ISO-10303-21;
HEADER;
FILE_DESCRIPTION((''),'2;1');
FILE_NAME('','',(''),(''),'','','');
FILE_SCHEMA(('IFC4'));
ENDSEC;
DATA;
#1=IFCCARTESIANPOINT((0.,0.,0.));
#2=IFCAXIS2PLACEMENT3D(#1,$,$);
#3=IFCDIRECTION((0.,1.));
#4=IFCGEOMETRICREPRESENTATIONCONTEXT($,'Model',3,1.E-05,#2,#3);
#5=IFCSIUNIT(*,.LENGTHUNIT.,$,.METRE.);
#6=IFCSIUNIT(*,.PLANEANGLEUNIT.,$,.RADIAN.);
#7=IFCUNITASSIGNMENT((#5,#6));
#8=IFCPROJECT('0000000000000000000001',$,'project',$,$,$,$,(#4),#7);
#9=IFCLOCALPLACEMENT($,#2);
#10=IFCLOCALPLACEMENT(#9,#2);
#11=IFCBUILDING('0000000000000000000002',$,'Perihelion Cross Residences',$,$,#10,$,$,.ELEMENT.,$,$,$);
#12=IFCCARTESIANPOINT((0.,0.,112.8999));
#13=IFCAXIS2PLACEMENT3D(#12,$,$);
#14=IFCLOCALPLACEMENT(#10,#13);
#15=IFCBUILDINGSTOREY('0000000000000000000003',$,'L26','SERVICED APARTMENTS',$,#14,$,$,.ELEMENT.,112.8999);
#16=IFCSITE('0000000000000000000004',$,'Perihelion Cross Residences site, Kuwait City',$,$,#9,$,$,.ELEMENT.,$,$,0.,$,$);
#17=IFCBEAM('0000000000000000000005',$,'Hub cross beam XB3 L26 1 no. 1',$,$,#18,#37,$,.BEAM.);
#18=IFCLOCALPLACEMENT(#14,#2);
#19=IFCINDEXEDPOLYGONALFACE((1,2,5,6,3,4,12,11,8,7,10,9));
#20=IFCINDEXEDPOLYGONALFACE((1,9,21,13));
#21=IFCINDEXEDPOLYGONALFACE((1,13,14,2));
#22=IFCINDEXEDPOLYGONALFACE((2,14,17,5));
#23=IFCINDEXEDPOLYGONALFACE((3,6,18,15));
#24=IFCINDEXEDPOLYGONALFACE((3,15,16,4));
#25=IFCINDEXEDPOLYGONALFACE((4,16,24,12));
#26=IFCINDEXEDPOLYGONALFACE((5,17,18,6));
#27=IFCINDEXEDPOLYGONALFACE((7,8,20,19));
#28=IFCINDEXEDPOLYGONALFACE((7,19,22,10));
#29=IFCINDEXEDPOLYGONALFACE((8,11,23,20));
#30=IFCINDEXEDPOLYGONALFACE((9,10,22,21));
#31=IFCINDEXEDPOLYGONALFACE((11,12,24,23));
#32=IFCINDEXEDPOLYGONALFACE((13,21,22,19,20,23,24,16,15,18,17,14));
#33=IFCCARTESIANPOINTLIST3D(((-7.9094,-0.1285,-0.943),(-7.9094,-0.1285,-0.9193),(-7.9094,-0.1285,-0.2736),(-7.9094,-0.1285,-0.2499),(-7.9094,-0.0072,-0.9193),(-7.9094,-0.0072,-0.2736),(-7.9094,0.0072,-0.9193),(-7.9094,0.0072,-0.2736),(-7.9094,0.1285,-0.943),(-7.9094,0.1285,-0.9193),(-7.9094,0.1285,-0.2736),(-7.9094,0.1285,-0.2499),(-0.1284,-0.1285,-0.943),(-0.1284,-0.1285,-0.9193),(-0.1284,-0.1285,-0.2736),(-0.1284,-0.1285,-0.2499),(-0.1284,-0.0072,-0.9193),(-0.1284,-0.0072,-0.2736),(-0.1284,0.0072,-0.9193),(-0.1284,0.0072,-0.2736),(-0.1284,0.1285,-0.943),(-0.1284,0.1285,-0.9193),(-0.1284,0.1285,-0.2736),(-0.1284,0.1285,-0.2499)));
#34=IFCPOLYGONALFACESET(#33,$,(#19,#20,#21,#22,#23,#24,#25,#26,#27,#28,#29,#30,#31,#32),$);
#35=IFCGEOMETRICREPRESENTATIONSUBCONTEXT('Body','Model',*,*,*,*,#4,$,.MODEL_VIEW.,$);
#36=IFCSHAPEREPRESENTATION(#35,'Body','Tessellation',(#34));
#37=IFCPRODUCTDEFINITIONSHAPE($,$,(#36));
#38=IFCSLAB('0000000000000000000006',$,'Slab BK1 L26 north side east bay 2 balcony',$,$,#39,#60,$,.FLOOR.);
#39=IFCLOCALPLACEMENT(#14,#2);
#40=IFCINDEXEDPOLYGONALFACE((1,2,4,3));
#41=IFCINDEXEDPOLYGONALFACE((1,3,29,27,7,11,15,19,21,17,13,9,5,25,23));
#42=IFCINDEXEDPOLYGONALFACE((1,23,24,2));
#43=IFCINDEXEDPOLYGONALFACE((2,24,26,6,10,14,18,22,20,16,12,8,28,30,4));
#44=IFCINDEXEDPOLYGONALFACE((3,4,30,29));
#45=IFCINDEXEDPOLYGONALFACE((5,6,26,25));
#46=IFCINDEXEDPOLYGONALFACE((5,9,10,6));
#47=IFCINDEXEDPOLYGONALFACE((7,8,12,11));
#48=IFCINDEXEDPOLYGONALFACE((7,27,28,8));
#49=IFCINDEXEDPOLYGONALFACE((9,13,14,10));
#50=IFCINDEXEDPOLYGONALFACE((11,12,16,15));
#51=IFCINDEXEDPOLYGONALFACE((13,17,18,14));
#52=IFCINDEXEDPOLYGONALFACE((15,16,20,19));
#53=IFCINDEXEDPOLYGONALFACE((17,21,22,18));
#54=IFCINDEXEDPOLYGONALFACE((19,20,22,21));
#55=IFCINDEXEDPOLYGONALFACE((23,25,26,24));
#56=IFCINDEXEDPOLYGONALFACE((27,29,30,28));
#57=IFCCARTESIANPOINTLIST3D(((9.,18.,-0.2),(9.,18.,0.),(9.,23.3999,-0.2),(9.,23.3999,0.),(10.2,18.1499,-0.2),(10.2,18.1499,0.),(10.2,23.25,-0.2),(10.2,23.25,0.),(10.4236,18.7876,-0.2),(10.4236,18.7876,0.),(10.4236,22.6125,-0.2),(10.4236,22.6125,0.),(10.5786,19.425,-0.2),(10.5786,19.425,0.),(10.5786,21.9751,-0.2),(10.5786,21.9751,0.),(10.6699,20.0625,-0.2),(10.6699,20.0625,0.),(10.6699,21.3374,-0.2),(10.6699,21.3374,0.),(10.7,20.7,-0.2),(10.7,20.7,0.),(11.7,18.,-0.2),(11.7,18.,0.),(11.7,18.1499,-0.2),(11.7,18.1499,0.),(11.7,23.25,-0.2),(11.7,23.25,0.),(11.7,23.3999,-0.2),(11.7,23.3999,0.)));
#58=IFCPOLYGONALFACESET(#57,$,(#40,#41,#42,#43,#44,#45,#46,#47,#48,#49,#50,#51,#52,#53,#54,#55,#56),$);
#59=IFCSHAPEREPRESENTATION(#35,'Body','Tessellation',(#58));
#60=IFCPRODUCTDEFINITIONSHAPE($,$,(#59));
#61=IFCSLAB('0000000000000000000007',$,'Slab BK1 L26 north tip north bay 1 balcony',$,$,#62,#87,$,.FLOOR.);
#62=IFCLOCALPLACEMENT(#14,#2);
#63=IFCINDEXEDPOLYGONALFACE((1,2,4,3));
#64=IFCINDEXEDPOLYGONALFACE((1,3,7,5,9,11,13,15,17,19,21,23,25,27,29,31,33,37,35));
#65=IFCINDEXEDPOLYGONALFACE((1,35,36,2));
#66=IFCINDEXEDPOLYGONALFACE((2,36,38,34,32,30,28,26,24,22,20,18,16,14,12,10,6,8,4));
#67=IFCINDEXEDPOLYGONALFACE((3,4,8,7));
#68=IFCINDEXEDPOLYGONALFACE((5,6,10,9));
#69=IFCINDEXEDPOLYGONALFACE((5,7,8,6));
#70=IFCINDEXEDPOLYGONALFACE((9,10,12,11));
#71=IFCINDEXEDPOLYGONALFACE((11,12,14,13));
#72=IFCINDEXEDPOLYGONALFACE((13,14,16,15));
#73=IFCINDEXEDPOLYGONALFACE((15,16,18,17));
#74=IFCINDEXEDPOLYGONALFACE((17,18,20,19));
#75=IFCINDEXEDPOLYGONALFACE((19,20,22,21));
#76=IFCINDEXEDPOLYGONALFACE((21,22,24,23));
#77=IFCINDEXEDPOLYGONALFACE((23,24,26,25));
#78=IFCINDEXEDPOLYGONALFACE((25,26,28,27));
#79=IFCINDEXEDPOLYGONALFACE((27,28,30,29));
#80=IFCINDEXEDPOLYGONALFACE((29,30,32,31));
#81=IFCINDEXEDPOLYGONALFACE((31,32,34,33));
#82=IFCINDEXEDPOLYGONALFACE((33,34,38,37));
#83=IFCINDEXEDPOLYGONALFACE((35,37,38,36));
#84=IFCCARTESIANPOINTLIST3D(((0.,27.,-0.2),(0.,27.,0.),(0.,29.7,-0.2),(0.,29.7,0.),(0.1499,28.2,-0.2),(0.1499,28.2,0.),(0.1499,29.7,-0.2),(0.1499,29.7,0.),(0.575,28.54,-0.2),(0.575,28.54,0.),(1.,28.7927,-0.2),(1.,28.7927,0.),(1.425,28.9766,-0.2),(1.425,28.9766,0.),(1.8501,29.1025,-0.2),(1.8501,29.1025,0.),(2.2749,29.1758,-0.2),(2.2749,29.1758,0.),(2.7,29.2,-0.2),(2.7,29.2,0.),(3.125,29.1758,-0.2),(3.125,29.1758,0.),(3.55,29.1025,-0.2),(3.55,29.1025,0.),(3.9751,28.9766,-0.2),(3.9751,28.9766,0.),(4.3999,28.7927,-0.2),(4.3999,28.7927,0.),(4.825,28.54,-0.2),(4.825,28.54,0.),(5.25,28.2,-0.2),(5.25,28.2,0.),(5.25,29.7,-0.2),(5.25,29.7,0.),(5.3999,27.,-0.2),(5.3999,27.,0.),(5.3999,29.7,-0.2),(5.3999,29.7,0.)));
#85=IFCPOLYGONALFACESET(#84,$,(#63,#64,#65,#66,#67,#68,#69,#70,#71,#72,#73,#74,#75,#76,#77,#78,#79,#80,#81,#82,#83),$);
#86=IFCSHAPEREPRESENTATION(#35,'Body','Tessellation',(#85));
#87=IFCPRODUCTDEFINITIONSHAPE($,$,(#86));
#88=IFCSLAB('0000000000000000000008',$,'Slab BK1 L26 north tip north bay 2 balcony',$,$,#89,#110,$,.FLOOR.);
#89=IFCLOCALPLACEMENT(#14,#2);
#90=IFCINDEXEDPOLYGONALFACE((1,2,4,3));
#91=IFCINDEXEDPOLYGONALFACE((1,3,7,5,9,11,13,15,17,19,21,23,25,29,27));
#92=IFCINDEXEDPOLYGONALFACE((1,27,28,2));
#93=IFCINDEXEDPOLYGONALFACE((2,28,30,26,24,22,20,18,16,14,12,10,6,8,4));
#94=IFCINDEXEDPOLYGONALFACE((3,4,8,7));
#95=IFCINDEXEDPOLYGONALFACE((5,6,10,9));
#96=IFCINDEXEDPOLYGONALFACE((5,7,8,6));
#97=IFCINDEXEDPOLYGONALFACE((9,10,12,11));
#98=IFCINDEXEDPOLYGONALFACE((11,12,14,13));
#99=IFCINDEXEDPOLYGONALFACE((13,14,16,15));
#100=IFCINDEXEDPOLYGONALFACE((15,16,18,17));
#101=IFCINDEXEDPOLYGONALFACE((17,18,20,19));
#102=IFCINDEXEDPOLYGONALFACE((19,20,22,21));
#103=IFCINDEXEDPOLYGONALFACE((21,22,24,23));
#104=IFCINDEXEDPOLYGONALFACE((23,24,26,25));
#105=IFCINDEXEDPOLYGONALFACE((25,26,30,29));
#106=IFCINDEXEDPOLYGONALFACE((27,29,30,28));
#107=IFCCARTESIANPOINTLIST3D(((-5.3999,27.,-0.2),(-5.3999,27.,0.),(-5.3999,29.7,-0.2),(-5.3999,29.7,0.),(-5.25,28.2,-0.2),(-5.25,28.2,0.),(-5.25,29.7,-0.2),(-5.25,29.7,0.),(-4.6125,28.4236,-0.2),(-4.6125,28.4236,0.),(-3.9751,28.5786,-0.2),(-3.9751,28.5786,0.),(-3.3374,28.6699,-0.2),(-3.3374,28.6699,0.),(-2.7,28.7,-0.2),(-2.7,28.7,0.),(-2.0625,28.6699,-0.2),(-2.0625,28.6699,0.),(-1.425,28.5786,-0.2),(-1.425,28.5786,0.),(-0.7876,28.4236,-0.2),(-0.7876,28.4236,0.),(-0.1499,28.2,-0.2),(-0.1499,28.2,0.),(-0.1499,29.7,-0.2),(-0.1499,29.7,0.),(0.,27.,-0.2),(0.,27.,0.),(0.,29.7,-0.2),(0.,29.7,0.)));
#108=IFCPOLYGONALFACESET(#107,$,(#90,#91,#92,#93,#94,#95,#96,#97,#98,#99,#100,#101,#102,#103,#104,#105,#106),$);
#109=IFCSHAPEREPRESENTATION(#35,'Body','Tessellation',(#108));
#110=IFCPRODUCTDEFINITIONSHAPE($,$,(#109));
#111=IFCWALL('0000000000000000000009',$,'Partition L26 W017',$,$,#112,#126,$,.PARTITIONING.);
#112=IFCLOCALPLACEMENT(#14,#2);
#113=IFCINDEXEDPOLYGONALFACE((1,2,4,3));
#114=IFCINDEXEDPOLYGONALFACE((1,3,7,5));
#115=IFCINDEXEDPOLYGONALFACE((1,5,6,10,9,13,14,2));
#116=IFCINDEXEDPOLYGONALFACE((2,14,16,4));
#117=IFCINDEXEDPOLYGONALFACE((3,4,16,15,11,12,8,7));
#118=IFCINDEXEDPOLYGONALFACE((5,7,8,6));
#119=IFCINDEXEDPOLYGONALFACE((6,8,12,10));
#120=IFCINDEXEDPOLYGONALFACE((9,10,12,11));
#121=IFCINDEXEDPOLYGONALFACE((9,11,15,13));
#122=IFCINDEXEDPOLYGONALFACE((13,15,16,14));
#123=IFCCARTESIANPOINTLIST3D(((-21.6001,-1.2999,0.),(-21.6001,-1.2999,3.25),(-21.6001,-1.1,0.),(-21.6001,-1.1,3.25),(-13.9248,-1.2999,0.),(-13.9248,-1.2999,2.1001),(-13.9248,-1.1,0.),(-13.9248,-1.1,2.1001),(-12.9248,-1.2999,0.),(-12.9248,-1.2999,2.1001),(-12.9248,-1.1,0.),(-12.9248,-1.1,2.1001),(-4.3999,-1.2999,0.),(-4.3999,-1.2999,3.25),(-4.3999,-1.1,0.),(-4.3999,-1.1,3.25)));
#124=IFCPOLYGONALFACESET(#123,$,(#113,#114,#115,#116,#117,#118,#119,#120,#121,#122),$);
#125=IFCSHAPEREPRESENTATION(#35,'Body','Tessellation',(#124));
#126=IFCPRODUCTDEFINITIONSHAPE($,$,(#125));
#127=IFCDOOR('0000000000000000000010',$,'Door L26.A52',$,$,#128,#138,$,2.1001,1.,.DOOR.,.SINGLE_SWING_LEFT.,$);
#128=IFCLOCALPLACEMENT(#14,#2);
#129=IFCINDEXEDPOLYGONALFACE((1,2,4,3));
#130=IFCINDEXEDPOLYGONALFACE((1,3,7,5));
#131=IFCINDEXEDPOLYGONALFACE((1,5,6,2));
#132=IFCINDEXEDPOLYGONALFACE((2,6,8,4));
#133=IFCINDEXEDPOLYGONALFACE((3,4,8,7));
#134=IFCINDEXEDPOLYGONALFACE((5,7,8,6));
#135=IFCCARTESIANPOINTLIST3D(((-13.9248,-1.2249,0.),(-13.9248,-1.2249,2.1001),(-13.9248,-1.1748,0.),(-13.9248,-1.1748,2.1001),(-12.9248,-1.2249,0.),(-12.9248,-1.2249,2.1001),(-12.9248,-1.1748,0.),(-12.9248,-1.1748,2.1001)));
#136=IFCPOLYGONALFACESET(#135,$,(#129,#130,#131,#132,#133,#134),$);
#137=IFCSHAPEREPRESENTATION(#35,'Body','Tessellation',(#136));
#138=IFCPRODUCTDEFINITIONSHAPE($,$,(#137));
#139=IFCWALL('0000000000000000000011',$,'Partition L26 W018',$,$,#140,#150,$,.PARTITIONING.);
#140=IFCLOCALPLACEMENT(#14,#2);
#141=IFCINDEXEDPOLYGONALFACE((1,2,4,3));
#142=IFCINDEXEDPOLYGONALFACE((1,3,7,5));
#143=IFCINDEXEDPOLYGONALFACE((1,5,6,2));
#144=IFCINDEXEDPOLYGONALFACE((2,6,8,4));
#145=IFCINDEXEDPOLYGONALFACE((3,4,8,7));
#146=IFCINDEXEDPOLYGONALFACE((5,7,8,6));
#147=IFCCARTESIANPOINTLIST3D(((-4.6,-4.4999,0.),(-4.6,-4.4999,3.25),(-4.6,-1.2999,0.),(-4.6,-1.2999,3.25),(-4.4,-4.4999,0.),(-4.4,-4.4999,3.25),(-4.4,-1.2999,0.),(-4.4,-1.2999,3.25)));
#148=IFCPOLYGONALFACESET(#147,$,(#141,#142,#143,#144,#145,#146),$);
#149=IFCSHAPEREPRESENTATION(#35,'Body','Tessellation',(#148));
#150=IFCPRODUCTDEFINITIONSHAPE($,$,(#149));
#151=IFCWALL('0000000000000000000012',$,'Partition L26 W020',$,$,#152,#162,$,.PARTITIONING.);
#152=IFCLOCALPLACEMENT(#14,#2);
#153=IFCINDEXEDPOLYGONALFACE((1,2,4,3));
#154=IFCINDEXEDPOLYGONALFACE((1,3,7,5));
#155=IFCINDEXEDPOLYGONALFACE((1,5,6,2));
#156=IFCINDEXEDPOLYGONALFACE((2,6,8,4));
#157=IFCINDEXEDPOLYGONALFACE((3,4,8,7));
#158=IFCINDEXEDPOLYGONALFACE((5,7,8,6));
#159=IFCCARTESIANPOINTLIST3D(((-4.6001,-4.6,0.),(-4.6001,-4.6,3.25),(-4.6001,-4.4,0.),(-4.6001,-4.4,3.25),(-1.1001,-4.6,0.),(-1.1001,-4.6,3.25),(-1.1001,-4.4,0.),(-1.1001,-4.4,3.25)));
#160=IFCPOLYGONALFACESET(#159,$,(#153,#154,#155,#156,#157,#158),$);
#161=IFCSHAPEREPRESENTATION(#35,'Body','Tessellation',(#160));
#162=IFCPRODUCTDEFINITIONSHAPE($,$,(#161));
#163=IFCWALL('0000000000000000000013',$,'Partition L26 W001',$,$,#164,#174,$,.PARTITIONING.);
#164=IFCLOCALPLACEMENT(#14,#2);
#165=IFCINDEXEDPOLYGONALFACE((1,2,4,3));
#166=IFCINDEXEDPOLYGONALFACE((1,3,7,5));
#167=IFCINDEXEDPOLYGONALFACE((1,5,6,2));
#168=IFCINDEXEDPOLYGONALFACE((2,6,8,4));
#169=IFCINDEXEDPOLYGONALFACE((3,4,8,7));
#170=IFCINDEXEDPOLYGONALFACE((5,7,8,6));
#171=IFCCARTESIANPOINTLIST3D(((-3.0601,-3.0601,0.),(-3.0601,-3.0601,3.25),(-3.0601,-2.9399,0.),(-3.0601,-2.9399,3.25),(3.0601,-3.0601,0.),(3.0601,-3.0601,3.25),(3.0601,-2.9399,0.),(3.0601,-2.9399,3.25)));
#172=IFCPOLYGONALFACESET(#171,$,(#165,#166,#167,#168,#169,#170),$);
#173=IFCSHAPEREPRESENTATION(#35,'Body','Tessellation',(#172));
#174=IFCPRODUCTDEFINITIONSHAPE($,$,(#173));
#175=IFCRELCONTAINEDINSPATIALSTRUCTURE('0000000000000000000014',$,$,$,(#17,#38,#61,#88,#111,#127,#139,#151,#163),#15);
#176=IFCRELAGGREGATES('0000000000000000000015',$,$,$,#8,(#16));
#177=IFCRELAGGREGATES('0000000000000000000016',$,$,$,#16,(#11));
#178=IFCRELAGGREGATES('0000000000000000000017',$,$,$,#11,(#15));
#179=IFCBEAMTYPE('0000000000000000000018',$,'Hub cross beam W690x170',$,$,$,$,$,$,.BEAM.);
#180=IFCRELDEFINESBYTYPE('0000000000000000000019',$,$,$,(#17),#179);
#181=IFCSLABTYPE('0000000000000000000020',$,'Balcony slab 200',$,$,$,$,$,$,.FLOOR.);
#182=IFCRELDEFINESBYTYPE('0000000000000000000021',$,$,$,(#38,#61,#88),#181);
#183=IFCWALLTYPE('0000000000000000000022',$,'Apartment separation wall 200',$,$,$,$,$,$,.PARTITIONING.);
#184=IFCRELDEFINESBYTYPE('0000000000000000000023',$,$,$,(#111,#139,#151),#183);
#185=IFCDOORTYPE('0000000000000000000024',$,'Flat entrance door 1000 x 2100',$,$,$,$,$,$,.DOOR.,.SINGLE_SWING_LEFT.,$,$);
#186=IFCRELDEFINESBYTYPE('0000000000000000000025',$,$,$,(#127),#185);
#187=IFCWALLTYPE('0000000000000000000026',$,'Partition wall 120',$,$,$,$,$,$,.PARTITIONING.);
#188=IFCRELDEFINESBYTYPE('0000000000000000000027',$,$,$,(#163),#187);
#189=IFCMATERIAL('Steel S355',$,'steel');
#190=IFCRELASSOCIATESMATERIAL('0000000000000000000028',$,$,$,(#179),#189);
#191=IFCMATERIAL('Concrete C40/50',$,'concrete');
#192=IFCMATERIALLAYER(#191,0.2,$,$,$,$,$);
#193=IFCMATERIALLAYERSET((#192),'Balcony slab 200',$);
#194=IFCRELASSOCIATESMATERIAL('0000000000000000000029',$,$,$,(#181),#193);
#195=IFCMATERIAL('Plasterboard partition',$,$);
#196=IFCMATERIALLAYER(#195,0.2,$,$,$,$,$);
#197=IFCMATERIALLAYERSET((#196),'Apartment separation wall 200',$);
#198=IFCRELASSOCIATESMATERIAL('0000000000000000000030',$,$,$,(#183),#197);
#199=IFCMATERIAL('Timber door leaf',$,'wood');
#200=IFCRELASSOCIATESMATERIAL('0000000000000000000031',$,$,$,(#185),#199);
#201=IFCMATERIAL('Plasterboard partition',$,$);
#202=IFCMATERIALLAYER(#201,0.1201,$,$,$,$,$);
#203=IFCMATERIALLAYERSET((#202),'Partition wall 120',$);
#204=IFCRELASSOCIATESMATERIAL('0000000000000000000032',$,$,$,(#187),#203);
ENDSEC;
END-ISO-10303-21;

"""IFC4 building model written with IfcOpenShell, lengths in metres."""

from ifc_helpers import new_model, si_unit, direction, frame, frame_2d, origin, origin_2d, place, context, subcontext, project, spatial, polyline, rectangle, i_section, outline, extrude, material, layer, layer_set, material_profile, profile_set, type_object, element, fill, save


model = new_model("IFC4")

# Units and contexts
model_context = context("Model", 3, precision=1e-05, world=origin(), true_north=direction((0.0, 1.0)))
body_context = subcontext(model_context, "Body", "Model", "MODEL_VIEW")
ifc_project = project(units=[si_unit("LENGTHUNIT", "METRE"), si_unit("PLANEANGLEUNIT", "RADIAN")], contexts=[model_context])

# Site, building, storey
site_placement = place(None, origin())
site = spatial("IfcSite", under=ifc_project, at=site_placement, Name="Perihelion Cross Residences site, Kuwait City", CompositionType="ELEMENT", RefElevation=0.0)
building_placement = place(site_placement, origin())
building = spatial("IfcBuilding", under=site, at=building_placement, Name="Perihelion Cross Residences", CompositionType="ELEMENT")
storey_placement = place(building_placement, frame((0.0, 0.0, 112.8999)))
storey = spatial("IfcBuildingStorey", under=building, at=storey_placement, Name="L26", Description="SERVICED APARTMENTS", CompositionType="ELEMENT", Elevation=112.8999)

# Beam
ifc_material_1 = material(Name="Steel S355", Category="steel")
ifc_material_profile = material_profile(ifc_material_1, i_section(OverallWidth=0.2571, OverallDepth=0.6931, WebThickness=0.0144, FlangeThickness=0.0237, at=origin_2d()), Name="W690x170")
ifc_profile_set = profile_set([ifc_material_profile], Name="Steel S355")
beam_type = type_object("IfcBeamType", Name="Hub cross beam W690x170", PredefinedType="BEAM", material=ifc_profile_set)
beam_placement = place(storey_placement, frame((-7.9094, 0.0, -0.5964), z_axis=(1.0, 0.0, 0.0), x_axis=(0.0, 1.0, 0.0)))
element("IfcBeam", 1, at=beam_placement, inside=storey, type_object=beam_type, Name="Hub cross beam XB3 L26 1 no. 1", PredefinedType="BEAM", context=body_context, shape_type="SweptSolid", body=[
    extrude(i_section(OverallWidth=0.2571, OverallDepth=0.6931, WebThickness=0.0144, FlangeThickness=0.0237, at=origin_2d()), origin(), (0.0, 0.0, 1.0), 7.781),
])

# Slabs
ifc_material_2 = material(Name="Concrete C40/50", Category="concrete")
ifc_layer_1 = layer(ifc_material_2, 0.2)
ifc_layer_set_1 = layer_set([ifc_layer_1], Name="Balcony slab 200")
slab_type_1 = type_object("IfcSlabType", Name="Balcony slab 200", PredefinedType="FLOOR", material=ifc_layer_set_1)
slab_1_placement = place(storey_placement, frame((0.0, 0.0, -0.2)))
element("IfcSlab", 2, at=slab_1_placement, inside=storey, type_object=slab_type_1, Name="Slab BK1 L26 north side east bay 2 balcony", PredefinedType="FLOOR", context=body_context, shape_type="SweptSolid", body=[
    extrude(outline(polyline([(9.0, 18.0), (9.0, 23.3999), (11.7, 23.3999), (11.7, 23.25), (10.2, 23.25), (10.4236, 22.6125), (10.5786, 21.9751), (10.6699, 21.3374), (10.7, 20.7), (10.6699, 20.0625), (10.5786, 19.425), (10.4236, 18.7876), (10.2, 18.1499), (11.7, 18.1499), (11.7, 18.0), (9.0, 18.0)])), origin(), (0.0, 0.0, 1.0), 0.2),
])
slab_2_placement = place(storey_placement, frame((0.0, 0.0, -0.2)))
element("IfcSlab", 3, at=slab_2_placement, inside=storey, type_object=slab_type_1, Name="Slab BK1 L26 north tip north bay 1 balcony", PredefinedType="FLOOR", context=body_context, shape_type="SweptSolid", body=[
    extrude(outline(polyline([(5.3999, 27.0), (0.0, 27.0), (0.0, 29.7), (0.1499, 29.7), (0.1499, 28.2), (0.575, 28.54), (1.0, 28.7927), (1.425, 28.9766), (1.8501, 29.1025), (2.2749, 29.1758), (2.7, 29.2), (3.125, 29.1758), (3.55, 29.1025), (3.9751, 28.9766), (4.3999, 28.7927), (4.825, 28.54), (5.25, 28.2), (5.25, 29.7), (5.3999, 29.7), (5.3999, 27.0)])), origin(), (0.0, 0.0, 1.0), 0.2),
])
slab_3_placement = place(storey_placement, frame((0.0, 0.0, -0.2)))
element("IfcSlab", 4, at=slab_3_placement, inside=storey, type_object=slab_type_1, Name="Slab BK1 L26 north tip north bay 2 balcony", PredefinedType="FLOOR", context=body_context, shape_type="SweptSolid", body=[
    extrude(outline(polyline([(0.0, 27.0), (-5.3999, 27.0), (-5.3999, 29.7), (-5.25, 29.7), (-5.25, 28.2), (-4.6125, 28.4236), (-3.9751, 28.5786), (-3.3374, 28.6699), (-2.7, 28.7), (-2.0625, 28.6699), (-1.425, 28.5786), (-0.7876, 28.4236), (-0.1499, 28.2), (-0.1499, 29.7), (0.0, 29.7), (0.0, 27.0)])), origin(), (0.0, 0.0, 1.0), 0.2),
])

# Wall, opening, door
ifc_material_3 = material(Name="Plasterboard partition")
ifc_layer_2 = layer(ifc_material_3, 0.2)
ifc_layer_set_2 = layer_set([ifc_layer_2], Name="Apartment separation wall 200")
wall_type_1 = type_object("IfcWallType", Name="Apartment separation wall 200", PredefinedType="PARTITIONING", material=ifc_layer_set_2)
wall_1_placement = place(storey_placement, frame((-4.3999, -1.2, 0.0), z_axis=(0.0, 0.0, 1.0), x_axis=(-1.0, 0.0, 0.0)))
wall_1 = element("IfcWall", 5, at=wall_1_placement, inside=storey, type_object=wall_type_1, Name="Partition L26 W017", PredefinedType="PARTITIONING", context=body_context, shape_type="SweptSolid", body=[
    extrude(rectangle(XDim=17.2002, YDim=0.2, at=frame_2d((8.6001, 0.0))), origin(), (0.0, 0.0, 1.0), 3.25),
])
opening_1_placement = place(wall_1_placement, frame((8.5249, 0.0, 0.0)))
opening_1 = element("IfcOpeningElement", 6, at=opening_1_placement, cuts=wall_1, PredefinedType="OPENING", context=body_context, shape_type="SweptSolid", body=[
    extrude(rectangle(XDim=1.0, YDim=2.1001, at=frame_2d((0.5, 1.05))), frame((0.0, 0.1099, 0.0), z_axis=(0.0, -1.0, 0.0), x_axis=(1.0, 0.0, 0.0)), (0.0, 0.0, 1.0), 0.22),
])
ifc_material_4 = material(Name="Timber door leaf", Category="wood")
door_type_1 = type_object("IfcDoorType", Name="Flat entrance door 1000 x 2100", OperationType="SINGLE_SWING_LEFT", PredefinedType="DOOR", material=ifc_material_4)
door_1_placement = place(opening_1_placement, origin())
door_1 = element("IfcDoor", 7, at=door_1_placement, inside=storey, type_object=door_type_1, Name="Door L26.A52", OperationType="SINGLE_SWING_LEFT", OverallHeight=2.1001, OverallWidth=1.0, PredefinedType="DOOR", context=body_context, shape_type="SweptSolid", body=[
    extrude(rectangle(XDim=1.0, YDim=2.1001, at=frame_2d((0.5, 1.05))), frame((0.0, 0.0249, 0.0), z_axis=(0.0, -1.0, 0.0), x_axis=(1.0, 0.0, 0.0)), (0.0, 0.0, 1.0), 0.05),
])
fill(opening_1, door_1)

# Walls
wall_2_placement = place(storey_placement, frame((-4.5, -4.5, 0.0), z_axis=(0.0, 0.0, 1.0), x_axis=(0.0, 1.0, 0.0)))
element("IfcWall", 8, at=wall_2_placement, inside=storey, type_object=wall_type_1, Name="Partition L26 W018", PredefinedType="PARTITIONING", context=body_context, shape_type="SweptSolid", body=[
    extrude(rectangle(XDim=3.2, YDim=0.2, at=frame_2d((1.6001, 0.0))), origin(), (0.0, 0.0, 1.0), 3.25),
])
wall_3_placement = place(storey_placement, frame((-1.1001, -4.5, 0.0), z_axis=(0.0, 0.0, 1.0), x_axis=(-1.0, 0.0, 0.0)))
element("IfcWall", 9, at=wall_3_placement, inside=storey, type_object=wall_type_1, Name="Partition L26 W020", PredefinedType="PARTITIONING", context=body_context, shape_type="SweptSolid", body=[
    extrude(rectangle(XDim=3.5, YDim=0.2, at=frame_2d((1.75, 0.0))), origin(), (0.0, 0.0, 1.0), 3.25),
])
ifc_material_5 = material(Name="Plasterboard partition")
ifc_layer_3 = layer(ifc_material_5, 0.1201)
ifc_layer_set_3 = layer_set([ifc_layer_3], Name="Partition wall 120")
wall_type_2 = type_object("IfcWallType", Name="Partition wall 120", PredefinedType="PARTITIONING", material=ifc_layer_set_3)
wall_4_placement = place(storey_placement, frame((-3.0601, -3.0, 0.0), z_axis=(0.0, 0.0, 1.0), x_axis=(1.0, 0.0, 0.0)))
element("IfcWall", 10, at=wall_4_placement, inside=storey, type_object=wall_type_2, Name="Partition L26 W001", PredefinedType="PARTITIONING", context=body_context, shape_type="SweptSolid", body=[
    extrude(rectangle(XDim=6.1201, YDim=0.1201, at=frame_2d((3.0601, 0.0))), origin(), (0.0, 0.0, 1.0), 3.25),
])

save(model, "model.ifc")
